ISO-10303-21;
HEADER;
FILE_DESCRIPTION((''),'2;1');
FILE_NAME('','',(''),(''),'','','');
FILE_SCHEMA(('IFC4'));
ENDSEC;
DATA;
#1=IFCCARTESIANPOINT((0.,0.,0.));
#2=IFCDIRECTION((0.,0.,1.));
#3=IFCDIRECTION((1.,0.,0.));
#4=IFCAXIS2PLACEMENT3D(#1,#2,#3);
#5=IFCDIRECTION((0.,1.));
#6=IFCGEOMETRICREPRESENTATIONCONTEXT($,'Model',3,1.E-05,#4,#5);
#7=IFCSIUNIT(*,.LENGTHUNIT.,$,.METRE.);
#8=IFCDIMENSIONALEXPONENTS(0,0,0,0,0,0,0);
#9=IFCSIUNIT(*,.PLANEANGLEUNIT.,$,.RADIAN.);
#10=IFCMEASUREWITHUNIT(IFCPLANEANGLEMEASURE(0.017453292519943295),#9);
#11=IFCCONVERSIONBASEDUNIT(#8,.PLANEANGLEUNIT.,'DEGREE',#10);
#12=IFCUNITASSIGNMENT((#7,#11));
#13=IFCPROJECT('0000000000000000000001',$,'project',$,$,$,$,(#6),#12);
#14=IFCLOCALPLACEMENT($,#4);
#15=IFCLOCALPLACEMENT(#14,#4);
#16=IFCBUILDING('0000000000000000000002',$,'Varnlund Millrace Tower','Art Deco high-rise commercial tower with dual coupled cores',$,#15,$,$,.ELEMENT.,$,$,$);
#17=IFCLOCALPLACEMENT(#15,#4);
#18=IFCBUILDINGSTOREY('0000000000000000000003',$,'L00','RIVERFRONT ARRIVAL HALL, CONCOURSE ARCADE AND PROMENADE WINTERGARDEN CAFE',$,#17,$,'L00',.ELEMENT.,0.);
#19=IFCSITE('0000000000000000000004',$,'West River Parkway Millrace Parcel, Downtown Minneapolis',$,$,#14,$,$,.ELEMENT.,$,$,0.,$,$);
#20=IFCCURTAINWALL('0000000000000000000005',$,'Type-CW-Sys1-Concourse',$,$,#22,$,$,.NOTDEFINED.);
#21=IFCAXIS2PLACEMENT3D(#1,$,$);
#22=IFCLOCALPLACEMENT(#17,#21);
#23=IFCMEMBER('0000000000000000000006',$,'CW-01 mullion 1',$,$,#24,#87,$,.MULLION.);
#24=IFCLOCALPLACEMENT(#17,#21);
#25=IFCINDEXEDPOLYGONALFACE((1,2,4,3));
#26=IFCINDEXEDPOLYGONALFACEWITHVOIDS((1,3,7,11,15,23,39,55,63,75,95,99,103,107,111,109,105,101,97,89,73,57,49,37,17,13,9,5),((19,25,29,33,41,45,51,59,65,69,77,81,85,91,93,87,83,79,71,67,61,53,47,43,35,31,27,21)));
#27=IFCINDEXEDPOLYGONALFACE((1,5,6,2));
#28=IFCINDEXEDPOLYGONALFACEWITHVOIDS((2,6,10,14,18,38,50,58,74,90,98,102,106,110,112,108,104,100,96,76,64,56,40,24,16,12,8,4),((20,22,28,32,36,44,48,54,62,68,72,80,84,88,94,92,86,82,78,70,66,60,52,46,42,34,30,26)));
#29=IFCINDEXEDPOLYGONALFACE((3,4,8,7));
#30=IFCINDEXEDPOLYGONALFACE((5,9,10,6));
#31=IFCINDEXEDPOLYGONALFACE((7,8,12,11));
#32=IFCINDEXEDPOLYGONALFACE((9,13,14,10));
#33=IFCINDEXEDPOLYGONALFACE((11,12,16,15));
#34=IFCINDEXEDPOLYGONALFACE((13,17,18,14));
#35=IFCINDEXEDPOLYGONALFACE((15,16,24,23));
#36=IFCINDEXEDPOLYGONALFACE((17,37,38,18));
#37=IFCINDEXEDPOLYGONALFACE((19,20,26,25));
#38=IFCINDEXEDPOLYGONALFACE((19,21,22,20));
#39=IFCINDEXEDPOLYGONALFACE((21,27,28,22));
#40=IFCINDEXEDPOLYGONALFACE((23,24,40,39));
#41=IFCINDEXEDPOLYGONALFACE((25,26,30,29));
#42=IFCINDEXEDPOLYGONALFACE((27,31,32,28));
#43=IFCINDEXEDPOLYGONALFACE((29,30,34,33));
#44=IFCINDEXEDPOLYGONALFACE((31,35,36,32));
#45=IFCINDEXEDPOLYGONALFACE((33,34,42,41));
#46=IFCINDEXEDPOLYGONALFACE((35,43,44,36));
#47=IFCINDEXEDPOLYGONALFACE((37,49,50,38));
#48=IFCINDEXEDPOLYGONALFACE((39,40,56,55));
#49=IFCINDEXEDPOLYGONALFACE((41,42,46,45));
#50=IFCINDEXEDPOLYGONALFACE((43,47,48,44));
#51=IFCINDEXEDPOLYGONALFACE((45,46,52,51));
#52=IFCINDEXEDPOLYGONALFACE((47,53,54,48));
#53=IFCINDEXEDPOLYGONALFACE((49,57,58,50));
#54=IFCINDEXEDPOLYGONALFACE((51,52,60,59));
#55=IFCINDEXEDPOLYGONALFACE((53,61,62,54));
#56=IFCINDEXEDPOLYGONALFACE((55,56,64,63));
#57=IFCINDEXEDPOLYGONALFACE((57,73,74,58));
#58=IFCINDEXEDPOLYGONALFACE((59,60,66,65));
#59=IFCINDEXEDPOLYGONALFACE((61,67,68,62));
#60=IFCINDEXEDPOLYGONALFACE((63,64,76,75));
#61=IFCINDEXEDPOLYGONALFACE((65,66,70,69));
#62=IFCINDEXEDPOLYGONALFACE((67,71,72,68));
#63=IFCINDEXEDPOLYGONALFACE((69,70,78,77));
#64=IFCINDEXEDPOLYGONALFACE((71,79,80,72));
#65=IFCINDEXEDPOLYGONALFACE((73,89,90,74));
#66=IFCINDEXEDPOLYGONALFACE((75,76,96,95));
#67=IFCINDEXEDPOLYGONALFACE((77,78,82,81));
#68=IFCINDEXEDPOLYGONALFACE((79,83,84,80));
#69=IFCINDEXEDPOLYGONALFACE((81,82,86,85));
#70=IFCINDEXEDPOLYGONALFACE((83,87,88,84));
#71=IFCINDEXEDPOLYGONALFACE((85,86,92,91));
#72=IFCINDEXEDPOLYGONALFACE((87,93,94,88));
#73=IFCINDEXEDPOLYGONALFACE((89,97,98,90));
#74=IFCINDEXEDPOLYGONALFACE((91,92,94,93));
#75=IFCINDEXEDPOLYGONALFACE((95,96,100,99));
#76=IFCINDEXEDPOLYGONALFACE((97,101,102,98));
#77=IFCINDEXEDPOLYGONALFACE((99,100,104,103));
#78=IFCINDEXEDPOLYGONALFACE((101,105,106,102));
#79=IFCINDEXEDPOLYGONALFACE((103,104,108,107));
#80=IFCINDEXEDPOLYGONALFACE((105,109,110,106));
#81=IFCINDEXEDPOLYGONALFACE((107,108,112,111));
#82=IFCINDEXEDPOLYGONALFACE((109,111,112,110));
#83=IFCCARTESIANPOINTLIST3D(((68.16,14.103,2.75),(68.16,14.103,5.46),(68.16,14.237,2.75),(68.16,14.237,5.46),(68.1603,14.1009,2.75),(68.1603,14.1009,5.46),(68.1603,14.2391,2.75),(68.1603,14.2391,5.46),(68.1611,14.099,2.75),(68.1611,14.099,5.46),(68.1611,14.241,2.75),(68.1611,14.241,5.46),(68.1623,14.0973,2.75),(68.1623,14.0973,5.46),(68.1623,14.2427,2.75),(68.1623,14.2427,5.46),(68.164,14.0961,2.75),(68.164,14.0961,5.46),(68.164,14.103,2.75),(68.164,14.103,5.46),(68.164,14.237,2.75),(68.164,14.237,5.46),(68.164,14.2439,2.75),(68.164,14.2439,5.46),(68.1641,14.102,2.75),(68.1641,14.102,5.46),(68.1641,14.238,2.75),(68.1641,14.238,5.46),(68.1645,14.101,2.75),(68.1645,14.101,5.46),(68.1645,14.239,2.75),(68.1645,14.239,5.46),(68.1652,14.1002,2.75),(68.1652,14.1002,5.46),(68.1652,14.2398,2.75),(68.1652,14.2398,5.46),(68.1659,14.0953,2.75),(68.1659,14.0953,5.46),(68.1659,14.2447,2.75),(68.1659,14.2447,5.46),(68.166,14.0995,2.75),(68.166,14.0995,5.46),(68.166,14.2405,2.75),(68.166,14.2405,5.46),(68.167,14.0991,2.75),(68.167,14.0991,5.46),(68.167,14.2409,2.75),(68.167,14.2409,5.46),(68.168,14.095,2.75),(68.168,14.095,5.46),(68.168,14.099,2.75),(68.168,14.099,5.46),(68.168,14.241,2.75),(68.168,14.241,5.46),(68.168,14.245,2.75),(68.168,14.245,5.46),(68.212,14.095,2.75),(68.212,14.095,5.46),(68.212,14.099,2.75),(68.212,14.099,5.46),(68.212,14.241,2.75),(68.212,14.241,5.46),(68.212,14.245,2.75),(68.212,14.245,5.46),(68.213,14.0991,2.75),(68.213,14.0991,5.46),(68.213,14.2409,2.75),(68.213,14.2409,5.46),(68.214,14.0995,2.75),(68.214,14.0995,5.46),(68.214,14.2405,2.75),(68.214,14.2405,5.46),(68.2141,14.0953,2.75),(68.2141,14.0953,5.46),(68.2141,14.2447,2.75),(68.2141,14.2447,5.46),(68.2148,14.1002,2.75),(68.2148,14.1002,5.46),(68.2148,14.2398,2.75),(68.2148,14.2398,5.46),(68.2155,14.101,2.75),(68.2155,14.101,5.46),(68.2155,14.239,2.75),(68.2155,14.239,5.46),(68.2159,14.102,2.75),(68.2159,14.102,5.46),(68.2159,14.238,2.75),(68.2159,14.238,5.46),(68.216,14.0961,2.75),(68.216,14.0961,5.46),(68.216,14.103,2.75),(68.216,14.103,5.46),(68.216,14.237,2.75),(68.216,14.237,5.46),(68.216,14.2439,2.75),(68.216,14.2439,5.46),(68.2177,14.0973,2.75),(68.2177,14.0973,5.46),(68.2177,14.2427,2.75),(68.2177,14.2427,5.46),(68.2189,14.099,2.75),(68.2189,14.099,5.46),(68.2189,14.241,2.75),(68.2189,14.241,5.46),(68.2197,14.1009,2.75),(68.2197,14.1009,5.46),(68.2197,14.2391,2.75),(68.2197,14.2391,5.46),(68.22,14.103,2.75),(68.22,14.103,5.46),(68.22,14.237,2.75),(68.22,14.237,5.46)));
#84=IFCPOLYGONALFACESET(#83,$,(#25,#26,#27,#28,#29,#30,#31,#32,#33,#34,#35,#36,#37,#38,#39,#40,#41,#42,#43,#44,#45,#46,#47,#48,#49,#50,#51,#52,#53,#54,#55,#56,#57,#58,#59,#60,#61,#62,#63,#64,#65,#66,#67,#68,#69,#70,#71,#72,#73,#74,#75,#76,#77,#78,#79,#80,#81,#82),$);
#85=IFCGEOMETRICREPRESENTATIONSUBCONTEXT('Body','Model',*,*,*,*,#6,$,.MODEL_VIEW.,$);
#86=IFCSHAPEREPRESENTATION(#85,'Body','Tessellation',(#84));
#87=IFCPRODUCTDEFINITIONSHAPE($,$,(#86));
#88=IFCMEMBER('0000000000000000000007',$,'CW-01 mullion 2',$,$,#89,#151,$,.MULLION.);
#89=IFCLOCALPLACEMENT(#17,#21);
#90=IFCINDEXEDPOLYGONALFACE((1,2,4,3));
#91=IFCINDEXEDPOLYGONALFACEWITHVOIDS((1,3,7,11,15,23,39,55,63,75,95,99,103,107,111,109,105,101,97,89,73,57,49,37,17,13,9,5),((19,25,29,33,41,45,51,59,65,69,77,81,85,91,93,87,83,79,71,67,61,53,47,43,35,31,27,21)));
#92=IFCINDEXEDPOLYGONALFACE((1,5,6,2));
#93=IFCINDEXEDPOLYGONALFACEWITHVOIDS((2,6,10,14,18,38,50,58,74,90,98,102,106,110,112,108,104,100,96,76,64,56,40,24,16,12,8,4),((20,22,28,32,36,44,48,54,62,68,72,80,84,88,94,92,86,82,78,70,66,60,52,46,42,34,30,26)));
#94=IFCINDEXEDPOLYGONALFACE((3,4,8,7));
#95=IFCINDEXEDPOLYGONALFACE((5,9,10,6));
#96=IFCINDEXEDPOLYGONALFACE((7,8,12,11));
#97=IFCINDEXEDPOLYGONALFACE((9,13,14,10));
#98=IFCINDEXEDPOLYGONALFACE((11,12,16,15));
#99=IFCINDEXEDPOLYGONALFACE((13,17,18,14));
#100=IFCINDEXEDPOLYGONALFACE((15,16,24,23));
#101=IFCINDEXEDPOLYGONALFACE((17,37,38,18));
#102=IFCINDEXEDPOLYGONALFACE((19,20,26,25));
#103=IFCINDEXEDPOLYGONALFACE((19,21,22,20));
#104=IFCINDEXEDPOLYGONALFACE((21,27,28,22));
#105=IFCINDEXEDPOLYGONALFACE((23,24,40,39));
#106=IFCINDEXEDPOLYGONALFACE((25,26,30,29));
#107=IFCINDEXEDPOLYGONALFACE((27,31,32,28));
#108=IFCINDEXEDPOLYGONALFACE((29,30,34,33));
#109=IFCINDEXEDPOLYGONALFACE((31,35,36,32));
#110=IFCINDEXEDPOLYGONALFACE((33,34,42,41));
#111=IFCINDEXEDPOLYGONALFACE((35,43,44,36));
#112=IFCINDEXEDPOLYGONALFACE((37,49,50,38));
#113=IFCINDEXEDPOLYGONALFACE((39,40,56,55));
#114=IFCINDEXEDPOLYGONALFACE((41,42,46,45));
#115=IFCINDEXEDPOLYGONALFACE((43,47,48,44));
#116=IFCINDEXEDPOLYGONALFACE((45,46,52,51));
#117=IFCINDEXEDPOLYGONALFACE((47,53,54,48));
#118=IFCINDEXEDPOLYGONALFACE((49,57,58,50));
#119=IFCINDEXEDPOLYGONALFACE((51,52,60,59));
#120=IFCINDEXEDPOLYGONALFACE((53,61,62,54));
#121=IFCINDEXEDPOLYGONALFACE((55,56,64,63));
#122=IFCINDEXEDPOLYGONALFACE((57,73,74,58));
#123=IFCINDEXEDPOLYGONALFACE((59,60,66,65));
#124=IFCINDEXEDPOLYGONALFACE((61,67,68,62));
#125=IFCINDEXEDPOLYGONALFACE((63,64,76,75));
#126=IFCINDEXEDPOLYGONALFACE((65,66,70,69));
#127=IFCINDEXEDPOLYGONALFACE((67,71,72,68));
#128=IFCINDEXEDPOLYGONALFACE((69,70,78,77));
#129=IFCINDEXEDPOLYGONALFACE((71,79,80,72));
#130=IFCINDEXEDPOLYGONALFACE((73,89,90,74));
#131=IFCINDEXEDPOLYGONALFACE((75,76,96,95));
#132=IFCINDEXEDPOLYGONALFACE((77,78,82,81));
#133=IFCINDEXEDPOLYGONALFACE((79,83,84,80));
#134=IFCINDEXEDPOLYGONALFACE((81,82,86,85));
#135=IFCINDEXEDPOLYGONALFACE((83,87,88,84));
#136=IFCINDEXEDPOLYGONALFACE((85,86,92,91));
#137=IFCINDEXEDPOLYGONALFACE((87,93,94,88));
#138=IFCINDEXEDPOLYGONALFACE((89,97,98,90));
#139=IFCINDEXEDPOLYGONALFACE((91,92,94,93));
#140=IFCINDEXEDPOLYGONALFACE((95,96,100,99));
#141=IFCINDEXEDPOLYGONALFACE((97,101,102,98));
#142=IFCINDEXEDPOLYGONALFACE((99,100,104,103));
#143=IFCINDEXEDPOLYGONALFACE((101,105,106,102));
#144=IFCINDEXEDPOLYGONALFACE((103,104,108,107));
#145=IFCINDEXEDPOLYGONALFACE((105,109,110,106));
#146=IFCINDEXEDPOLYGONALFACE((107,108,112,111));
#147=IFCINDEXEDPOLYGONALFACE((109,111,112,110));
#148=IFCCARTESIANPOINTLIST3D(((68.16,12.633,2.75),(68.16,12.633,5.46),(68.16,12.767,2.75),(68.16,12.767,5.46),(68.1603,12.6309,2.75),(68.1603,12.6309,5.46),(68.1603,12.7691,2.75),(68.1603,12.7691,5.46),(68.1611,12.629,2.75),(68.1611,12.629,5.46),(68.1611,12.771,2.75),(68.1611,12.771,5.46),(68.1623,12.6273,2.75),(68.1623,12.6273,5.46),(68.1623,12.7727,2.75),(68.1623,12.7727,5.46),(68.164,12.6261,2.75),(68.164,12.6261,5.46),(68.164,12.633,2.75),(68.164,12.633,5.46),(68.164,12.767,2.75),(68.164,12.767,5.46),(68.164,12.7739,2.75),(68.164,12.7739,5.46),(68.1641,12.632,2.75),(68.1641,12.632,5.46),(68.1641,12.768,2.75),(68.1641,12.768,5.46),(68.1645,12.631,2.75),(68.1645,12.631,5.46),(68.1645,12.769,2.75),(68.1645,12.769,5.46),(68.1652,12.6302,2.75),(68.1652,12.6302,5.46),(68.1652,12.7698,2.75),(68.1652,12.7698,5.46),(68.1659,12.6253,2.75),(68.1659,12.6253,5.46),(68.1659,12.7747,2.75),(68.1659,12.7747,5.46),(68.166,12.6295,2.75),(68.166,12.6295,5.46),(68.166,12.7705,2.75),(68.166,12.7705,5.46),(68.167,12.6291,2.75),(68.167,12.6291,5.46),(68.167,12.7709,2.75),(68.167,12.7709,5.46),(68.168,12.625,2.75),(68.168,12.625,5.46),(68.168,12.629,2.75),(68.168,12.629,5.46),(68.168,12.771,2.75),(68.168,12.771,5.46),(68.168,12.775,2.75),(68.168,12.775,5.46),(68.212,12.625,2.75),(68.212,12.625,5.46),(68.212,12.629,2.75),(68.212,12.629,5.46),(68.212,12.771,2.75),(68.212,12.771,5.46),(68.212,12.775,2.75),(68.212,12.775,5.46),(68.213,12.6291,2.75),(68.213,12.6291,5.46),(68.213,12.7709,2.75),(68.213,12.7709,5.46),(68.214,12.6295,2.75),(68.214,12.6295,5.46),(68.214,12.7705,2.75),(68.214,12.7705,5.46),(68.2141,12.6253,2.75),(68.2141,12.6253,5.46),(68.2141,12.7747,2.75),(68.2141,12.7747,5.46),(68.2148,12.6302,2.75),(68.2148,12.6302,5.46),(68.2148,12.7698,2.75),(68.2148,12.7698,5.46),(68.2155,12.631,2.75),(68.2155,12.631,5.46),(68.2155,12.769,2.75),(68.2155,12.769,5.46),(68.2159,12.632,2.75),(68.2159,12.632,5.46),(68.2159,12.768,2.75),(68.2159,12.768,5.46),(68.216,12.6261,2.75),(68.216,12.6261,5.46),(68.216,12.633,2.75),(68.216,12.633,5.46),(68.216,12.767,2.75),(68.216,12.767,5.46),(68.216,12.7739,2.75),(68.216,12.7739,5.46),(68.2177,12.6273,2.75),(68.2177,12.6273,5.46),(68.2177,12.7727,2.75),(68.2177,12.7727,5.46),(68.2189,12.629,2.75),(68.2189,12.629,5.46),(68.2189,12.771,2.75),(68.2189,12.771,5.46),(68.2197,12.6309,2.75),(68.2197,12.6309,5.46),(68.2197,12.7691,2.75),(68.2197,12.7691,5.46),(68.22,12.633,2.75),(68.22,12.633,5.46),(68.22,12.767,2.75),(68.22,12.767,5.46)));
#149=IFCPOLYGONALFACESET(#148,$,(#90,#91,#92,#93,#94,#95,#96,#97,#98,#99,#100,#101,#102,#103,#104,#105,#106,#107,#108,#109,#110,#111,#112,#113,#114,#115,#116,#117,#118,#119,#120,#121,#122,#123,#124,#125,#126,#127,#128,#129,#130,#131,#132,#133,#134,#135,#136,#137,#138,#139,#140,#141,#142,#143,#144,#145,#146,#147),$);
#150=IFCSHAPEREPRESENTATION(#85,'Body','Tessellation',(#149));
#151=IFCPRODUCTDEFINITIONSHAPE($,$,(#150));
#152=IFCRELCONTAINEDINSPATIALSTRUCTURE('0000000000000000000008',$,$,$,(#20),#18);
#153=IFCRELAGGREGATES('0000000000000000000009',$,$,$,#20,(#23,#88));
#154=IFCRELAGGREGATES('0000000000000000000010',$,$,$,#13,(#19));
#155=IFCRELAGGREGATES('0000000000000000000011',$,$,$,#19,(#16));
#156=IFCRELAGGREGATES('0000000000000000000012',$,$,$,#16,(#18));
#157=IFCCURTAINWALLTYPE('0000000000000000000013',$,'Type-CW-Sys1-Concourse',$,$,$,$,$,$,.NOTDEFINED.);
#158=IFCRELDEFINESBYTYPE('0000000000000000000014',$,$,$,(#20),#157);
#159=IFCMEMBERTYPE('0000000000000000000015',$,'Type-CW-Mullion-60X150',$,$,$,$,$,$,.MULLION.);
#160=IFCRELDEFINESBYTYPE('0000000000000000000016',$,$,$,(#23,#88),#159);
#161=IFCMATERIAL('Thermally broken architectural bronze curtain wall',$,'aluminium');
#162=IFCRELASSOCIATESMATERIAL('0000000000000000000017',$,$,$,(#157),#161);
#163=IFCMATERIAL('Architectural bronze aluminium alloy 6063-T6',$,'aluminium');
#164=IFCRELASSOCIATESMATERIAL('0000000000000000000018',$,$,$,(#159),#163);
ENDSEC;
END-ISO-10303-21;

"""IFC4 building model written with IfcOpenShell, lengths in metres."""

from ifc_helpers import new_model, entity, si_unit, converted_unit, direction, frame, origin_with_axes, origin_2d_with_axis, place, context, subcontext, project, spatial, hollow_rectangle, extrude, material, material_profile, profile_set, type_object, element, aggregate, save


model = new_model("IFC4")

# Units and contexts
model_context = context("Model", 3, precision=1e-05, world=origin_with_axes(), true_north=direction((0.0, 1.0)))
body_context = subcontext(model_context, "Body", "Model", "MODEL_VIEW")
ifc_project = project(units=[si_unit("LENGTHUNIT", "METRE"), converted_unit("PLANEANGLEUNIT", "DEGREE", entity("IfcPlaneAngleMeasure", 0.017453292519943295), si_unit("PLANEANGLEUNIT", "RADIAN"), dimensions=[0, 0, 0, 0, 0, 0, 0])], contexts=[model_context])

# Site, building, storey
site_placement = place(None, origin_with_axes())
site = spatial("IfcSite", under=ifc_project, at=site_placement, Name="West River Parkway Millrace Parcel, Downtown Minneapolis", CompositionType="ELEMENT", RefElevation=0.0)
building_placement = place(site_placement, origin_with_axes())
building = spatial("IfcBuilding", under=site, at=building_placement, Name="Varnlund Millrace Tower", Description="Art Deco high-rise commercial tower with dual coupled cores", CompositionType="ELEMENT")
storey_placement = place(building_placement, origin_with_axes())
storey = spatial("IfcBuildingStorey", under=building, at=storey_placement, Name="L00", Description="RIVERFRONT ARRIVAL HALL, CONCOURSE ARCADE AND PROMENADE WINTERGARDEN CAFE", LongName="L00", CompositionType="ELEMENT", Elevation=0.0)

# Curtain wall, members
ifc_material_1 = material(Name="Thermally broken architectural bronze curtain wall", Category="aluminium")
curtain_wall_type = type_object("IfcCurtainWallType", Name="Type-CW-Sys1-Concourse", PredefinedType="NOTDEFINED", material=ifc_material_1)
curtain_wall_1_placement = place(storey_placement, frame((68.19, 14.2, 2.75), z_axis=(0.0, 0.0, 1.0), x_axis=(1.0, 0.0, 0.0)))
curtain_wall_1 = element("IfcCurtainWall", 1, at=curtain_wall_1_placement, inside=storey, type_object=curtain_wall_type, Name="Type-CW-Sys1-Concourse", PredefinedType="NOTDEFINED")
ifc_material_2 = material(Name="Architectural bronze aluminium alloy 6063-T6", Category="aluminium")
ifc_material_profile_1 = material_profile(ifc_material_2, hollow_rectangle(XDim=0.06, YDim=0.15, WallThickness=0.004, InnerFilletRadius=0.004, OuterFilletRadius=0.008, at=origin_2d_with_axis()), Name="Architectural bronze aluminium alloy 6063-T6")
ifc_profile_set_1 = profile_set([ifc_material_profile_1], Name="Architectural bronze aluminium alloy 6063-T6")
member_type_1 = type_object("IfcMemberType", Name="Type-CW-Mullion-60X150", PredefinedType="MULLION", material=ifc_profile_set_1)
member_1_placement = place(storey_placement, frame((68.19, 14.17, 2.75), z_axis=(0.0, 0.0, 1.0), x_axis=(1.0, 0.0, 0.0)))
member_1 = element("IfcMember", 2, at=member_1_placement, type_object=member_type_1, Name="CW-01 mullion 1", PredefinedType="MULLION", context=body_context, shape_type="SweptSolid", body=[
    extrude(hollow_rectangle(XDim=0.06, YDim=0.15, WallThickness=0.004, InnerFilletRadius=0.004, OuterFilletRadius=0.008, at=origin_2d_with_axis()), origin_with_axes(), (0.0, 0.0, 1.0), 2.71),
])
member_2_placement = place(storey_placement, frame((68.19, 12.7, 2.75), z_axis=(0.0, 0.0, 1.0), x_axis=(1.0, 0.0, 0.0)))
member_2 = element("IfcMember", 3, at=member_2_placement, type_object=member_type_1, Name="CW-01 mullion 2", PredefinedType="MULLION", context=body_context, shape_type="SweptSolid", body=[
    extrude(hollow_rectangle(XDim=0.06, YDim=0.15, WallThickness=0.004, InnerFilletRadius=0.004, OuterFilletRadius=0.008, at=origin_2d_with_axis()), origin_with_axes(), (0.0, 0.0, 1.0), 2.71),
])

aggregate(curtain_wall_1, [member_1, member_2])

save(model, "model.ifc")
